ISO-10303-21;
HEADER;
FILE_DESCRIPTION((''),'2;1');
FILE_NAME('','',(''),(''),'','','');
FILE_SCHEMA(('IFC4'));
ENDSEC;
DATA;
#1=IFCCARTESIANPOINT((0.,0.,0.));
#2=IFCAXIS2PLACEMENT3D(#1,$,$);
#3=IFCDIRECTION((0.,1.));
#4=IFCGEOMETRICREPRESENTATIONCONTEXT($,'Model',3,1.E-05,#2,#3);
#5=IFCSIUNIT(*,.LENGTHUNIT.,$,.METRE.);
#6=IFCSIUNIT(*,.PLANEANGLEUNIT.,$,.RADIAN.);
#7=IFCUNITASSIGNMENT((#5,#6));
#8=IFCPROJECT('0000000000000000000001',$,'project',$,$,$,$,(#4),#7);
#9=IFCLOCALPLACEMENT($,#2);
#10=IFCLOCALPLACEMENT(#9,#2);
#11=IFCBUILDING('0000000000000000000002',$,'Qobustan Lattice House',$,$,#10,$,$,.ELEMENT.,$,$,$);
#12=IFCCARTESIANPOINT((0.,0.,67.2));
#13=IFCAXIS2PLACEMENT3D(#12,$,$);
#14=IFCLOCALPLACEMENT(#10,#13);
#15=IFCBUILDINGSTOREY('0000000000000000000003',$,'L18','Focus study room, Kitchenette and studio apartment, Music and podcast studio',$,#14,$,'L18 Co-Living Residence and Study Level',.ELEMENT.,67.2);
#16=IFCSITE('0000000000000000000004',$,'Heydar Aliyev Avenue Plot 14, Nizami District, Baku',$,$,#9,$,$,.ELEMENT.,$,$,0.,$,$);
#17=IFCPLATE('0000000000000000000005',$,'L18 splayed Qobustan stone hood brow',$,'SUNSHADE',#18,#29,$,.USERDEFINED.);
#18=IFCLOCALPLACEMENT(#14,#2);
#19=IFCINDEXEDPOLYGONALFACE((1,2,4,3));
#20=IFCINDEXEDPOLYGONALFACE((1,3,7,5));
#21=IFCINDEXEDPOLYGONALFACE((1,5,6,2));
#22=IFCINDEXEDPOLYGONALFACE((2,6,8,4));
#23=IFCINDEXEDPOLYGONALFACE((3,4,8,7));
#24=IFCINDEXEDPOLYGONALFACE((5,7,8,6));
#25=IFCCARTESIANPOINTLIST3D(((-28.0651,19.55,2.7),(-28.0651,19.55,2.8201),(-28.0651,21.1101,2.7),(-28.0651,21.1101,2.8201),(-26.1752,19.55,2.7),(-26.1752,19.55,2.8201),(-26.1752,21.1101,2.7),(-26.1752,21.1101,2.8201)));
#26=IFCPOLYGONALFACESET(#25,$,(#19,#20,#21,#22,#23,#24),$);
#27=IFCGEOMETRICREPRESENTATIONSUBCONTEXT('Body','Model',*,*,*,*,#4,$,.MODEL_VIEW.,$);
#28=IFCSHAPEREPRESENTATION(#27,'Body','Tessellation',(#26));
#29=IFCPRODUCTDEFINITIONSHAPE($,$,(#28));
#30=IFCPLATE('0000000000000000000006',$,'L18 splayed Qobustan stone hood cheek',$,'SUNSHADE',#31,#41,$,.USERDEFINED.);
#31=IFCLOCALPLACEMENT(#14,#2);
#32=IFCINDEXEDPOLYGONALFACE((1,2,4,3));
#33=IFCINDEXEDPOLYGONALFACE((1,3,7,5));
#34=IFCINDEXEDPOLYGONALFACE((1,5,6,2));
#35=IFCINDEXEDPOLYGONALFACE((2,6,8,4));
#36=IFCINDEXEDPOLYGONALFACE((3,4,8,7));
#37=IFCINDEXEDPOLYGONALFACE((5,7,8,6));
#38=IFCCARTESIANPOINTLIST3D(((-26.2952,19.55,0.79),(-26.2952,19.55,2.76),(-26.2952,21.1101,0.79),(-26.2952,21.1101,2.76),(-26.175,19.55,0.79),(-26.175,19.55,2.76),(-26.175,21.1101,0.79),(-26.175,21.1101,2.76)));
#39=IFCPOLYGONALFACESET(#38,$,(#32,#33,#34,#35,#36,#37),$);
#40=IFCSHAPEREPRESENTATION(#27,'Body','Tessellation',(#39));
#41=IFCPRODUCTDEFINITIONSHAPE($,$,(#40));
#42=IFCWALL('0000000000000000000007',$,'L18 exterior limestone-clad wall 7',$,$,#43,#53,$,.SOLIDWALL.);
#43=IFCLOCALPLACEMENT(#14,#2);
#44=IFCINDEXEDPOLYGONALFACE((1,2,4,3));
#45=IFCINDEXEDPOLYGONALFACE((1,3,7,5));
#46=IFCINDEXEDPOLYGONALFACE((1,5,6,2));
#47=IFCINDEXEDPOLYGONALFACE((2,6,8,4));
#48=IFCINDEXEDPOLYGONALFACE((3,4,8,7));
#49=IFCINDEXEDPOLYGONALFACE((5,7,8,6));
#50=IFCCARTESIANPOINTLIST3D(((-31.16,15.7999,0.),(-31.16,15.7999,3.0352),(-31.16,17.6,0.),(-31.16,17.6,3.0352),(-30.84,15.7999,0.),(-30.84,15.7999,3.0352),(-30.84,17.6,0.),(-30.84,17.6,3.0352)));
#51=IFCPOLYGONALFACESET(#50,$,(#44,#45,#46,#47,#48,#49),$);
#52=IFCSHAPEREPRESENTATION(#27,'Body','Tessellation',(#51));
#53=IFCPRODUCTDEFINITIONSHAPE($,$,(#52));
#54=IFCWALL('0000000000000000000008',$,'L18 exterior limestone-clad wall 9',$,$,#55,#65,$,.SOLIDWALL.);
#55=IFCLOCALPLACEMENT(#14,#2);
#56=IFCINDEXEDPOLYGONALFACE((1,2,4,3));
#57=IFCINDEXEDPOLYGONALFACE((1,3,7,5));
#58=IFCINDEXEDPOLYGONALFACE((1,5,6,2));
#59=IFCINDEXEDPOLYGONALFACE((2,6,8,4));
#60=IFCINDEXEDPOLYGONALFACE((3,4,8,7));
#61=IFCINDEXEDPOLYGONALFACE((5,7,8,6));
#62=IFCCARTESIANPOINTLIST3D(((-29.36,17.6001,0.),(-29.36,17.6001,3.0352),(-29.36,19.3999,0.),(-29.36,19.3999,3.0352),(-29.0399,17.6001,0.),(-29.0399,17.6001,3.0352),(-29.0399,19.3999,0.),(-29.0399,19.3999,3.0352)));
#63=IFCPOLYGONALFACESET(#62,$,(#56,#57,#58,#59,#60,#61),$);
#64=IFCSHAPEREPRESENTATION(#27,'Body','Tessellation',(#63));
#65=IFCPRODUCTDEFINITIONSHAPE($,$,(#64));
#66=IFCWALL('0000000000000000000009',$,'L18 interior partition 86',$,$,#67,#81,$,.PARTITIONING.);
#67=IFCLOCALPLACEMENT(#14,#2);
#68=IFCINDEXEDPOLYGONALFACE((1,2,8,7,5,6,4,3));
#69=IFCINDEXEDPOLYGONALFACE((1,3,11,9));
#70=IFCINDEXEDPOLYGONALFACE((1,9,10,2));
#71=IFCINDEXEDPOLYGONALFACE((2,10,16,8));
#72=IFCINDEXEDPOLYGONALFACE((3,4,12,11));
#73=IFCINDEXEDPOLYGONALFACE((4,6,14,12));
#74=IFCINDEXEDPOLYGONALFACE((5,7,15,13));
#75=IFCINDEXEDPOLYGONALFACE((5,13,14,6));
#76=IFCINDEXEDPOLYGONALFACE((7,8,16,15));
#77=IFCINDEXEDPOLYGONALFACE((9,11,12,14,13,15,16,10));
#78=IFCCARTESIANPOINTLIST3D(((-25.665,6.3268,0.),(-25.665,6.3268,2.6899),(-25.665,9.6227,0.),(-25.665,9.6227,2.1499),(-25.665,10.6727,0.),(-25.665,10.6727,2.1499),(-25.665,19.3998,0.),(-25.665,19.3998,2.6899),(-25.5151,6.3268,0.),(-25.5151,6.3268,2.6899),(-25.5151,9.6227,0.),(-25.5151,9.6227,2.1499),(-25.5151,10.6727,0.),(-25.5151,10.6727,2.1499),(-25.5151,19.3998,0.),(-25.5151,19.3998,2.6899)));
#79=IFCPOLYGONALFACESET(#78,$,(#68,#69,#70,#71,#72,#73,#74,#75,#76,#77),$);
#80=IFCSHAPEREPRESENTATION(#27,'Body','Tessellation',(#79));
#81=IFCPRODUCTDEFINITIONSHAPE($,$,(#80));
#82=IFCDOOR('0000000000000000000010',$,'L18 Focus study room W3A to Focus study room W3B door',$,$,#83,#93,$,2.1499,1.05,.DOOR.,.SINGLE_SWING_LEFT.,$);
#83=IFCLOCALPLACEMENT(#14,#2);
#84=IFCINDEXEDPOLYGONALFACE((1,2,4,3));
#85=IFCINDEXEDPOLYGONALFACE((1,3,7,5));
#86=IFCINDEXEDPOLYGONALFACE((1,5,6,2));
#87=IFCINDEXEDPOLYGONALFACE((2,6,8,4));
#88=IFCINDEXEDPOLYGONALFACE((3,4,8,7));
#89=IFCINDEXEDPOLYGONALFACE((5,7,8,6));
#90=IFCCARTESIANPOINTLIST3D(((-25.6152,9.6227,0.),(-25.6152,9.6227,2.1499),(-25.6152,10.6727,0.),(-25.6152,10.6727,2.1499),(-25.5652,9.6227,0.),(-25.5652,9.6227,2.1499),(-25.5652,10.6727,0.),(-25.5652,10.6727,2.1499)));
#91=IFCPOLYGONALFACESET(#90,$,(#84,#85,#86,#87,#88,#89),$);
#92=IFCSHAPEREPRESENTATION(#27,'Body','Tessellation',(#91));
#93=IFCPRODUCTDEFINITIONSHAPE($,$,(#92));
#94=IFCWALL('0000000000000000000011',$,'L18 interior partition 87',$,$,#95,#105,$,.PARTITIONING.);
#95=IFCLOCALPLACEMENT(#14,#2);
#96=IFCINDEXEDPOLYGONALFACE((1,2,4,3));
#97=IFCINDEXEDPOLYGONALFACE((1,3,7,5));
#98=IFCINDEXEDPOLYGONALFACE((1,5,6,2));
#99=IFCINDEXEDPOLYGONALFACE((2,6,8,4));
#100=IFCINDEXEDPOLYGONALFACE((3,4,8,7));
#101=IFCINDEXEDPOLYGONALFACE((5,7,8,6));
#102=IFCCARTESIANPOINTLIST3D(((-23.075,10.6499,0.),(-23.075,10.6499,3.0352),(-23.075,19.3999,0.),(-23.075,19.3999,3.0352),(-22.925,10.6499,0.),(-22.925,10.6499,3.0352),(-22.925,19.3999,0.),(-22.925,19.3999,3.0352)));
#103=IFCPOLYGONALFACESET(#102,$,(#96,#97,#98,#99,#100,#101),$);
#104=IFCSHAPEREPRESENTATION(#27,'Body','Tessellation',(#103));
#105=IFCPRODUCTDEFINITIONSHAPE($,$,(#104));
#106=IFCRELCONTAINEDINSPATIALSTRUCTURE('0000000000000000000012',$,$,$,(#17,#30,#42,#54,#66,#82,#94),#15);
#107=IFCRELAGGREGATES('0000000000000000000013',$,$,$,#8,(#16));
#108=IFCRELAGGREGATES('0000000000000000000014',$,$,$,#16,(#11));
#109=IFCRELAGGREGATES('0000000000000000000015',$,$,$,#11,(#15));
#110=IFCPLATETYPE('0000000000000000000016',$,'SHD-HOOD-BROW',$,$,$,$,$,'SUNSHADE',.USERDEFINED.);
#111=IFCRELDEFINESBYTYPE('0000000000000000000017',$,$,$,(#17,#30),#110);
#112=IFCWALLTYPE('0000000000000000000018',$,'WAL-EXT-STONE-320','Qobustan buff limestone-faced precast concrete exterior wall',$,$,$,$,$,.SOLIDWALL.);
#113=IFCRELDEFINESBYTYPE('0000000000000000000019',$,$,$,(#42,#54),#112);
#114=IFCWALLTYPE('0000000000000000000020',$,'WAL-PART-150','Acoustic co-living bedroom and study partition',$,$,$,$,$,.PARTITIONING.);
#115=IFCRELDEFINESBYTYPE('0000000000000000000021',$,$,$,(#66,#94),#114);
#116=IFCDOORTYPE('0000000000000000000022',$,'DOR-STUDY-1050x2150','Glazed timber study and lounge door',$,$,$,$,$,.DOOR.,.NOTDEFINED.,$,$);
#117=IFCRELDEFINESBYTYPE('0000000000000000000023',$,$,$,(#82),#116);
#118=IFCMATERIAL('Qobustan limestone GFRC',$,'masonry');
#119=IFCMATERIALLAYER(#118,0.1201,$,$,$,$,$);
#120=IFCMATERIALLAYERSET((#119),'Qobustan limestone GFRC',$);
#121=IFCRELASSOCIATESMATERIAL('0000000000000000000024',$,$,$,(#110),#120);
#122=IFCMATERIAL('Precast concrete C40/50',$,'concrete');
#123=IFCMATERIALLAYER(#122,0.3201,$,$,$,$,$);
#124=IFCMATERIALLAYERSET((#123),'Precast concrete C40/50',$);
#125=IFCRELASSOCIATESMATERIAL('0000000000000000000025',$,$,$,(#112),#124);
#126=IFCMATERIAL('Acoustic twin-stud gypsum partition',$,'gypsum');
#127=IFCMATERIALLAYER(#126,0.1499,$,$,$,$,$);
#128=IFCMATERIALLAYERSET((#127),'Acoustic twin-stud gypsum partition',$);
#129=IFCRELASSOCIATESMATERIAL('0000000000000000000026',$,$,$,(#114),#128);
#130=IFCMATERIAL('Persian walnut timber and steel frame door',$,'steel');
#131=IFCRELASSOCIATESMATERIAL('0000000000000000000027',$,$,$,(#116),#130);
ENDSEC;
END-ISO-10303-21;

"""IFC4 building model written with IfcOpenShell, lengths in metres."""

from ifc_helpers import new_model, si_unit, direction, frame, frame_2d, origin, origin_2d, place, context, subcontext, project, spatial, rectangle, extrude, material, layer, layer_set, type_object, element, fill, save


model = new_model("IFC4")

# Units and contexts
model_context = context("Model", 3, precision=1e-05, world=origin(), true_north=direction((0.0, 1.0)))
body_context = subcontext(model_context, "Body", "Model", "MODEL_VIEW")
ifc_project = project(units=[si_unit("LENGTHUNIT", "METRE"), si_unit("PLANEANGLEUNIT", "RADIAN")], contexts=[model_context])

# Site, building, storey
site_placement = place(None, origin())
site = spatial("IfcSite", under=ifc_project, at=site_placement, Name="Heydar Aliyev Avenue Plot 14, Nizami District, Baku", CompositionType="ELEMENT", RefElevation=0.0)
building_placement = place(site_placement, origin())
building = spatial("IfcBuilding", under=site, at=building_placement, Name="Qobustan Lattice House", CompositionType="ELEMENT")
storey_placement = place(building_placement, frame((0.0, 0.0, 67.2)))
storey = spatial("IfcBuildingStorey", under=building, at=storey_placement, Name="L18", Description="Focus study room, Kitchenette and studio apartment, Music and podcast studio", LongName="L18 Co-Living Residence and Study Level", CompositionType="ELEMENT", Elevation=67.2)

# Plates
ifc_material_1 = material(Name="Qobustan limestone GFRC", Category="masonry")
ifc_layer_1 = layer(ifc_material_1, 0.1201)
ifc_layer_set_1 = layer_set([ifc_layer_1], Name="Qobustan limestone GFRC")
plate_type_1 = type_object("IfcPlateType", Name="SHD-HOOD-BROW", ElementType="SUNSHADE", PredefinedType="USERDEFINED", material=ifc_layer_set_1)
plate_1_placement = place(storey_placement, frame((-27.1201, 20.3301, 2.7), z_axis=(0.0, 0.0, 1.0), x_axis=(1.0, 0.0, 0.0)))
element("IfcPlate", 1, at=plate_1_placement, inside=storey, type_object=plate_type_1, Name="L18 splayed Qobustan stone hood brow", ObjectType="SUNSHADE", PredefinedType="USERDEFINED", context=body_context, shape_type="SweptSolid", body=[
    extrude(rectangle(XDim=1.8899, YDim=1.5601, at=origin_2d()), origin(), (0.0, 0.0, 1.0), 0.1201),
])
plate_2_placement = place(storey_placement, frame((-26.2351, 20.3301, 0.79), z_axis=(0.0, 0.0, 1.0), x_axis=(1.0, 0.0, 0.0)))
element("IfcPlate", 2, at=plate_2_placement, inside=storey, type_object=plate_type_1, Name="L18 splayed Qobustan stone hood cheek", ObjectType="SUNSHADE", PredefinedType="USERDEFINED", context=body_context, shape_type="SweptSolid", body=[
    extrude(rectangle(XDim=0.1201, YDim=1.5601, at=origin_2d()), origin(), (0.0, 0.0, 1.0), 1.97),
])

# Walls
ifc_material_2 = material(Name="Precast concrete C40/50", Category="concrete")
ifc_layer_2 = layer(ifc_material_2, 0.3201)
ifc_layer_set_2 = layer_set([ifc_layer_2], Name="Precast concrete C40/50")
wall_type_1 = type_object("IfcWallType", Name="WAL-EXT-STONE-320", Description="Qobustan buff limestone-faced precast concrete exterior wall", PredefinedType="SOLIDWALL", material=ifc_layer_set_2)
wall_1_placement = place(storey_placement, frame((-31.0, 15.8, 0.0), z_axis=(0.0, 0.0, 1.0), x_axis=(0.0, 1.0, 0.0)))
element("IfcWall", 3, at=wall_1_placement, inside=storey, type_object=wall_type_1, Name="L18 exterior limestone-clad wall 7", PredefinedType="SOLIDWALL", context=body_context, shape_type="SweptSolid", body=[
    extrude(rectangle(XDim=1.8, YDim=0.3201, at=frame_2d((0.8999, 0.0))), origin(), (0.0, 0.0, 1.0), 3.0352),
])
wall_2_placement = place(storey_placement, frame((-29.2, 17.6001, 0.0), z_axis=(0.0, 0.0, 1.0), x_axis=(0.0, 1.0, 0.0)))
element("IfcWall", 4, at=wall_2_placement, inside=storey, type_object=wall_type_1, Name="L18 exterior limestone-clad wall 9", PredefinedType="SOLIDWALL", context=body_context, shape_type="SweptSolid", body=[
    extrude(rectangle(XDim=1.7998, YDim=0.3201, at=frame_2d((0.8999, 0.0))), origin(), (0.0, 0.0, 1.0), 3.0352),
])

# Wall, opening, door
ifc_material_3 = material(Name="Acoustic twin-stud gypsum partition", Category="gypsum")
ifc_layer_3 = layer(ifc_material_3, 0.1499)
ifc_layer_set_3 = layer_set([ifc_layer_3], Name="Acoustic twin-stud gypsum partition")
wall_type_2 = type_object("IfcWallType", Name="WAL-PART-150", Description="Acoustic co-living bedroom and study partition", PredefinedType="PARTITIONING", material=ifc_layer_set_3)
wall_3_placement = place(storey_placement, frame((-25.5901, 19.3999, 0.0), z_axis=(0.0, 0.0, 1.0), x_axis=(0.0, -1.0, 0.0)))
wall_3 = element("IfcWall", 5, at=wall_3_placement, inside=storey, type_object=wall_type_2, Name="L18 interior partition 86", PredefinedType="PARTITIONING", context=body_context, shape_type="SweptSolid", body=[
    extrude(rectangle(XDim=13.073, YDim=0.1499, at=frame_2d((6.5366, 0.0))), origin(), (0.0, 0.0, 1.0), 2.6899),
])
opening_1_placement = place(wall_3_placement, frame((8.7273, 0.0, 0.0)))
opening_1 = element("IfcOpeningElement", 6, at=opening_1_placement, cuts=wall_3, PredefinedType="OPENING", context=body_context, shape_type="SweptSolid", body=[
    extrude(rectangle(XDim=1.05, YDim=2.1499, at=frame_2d((0.5249, 1.075))), frame((0.0, 0.085, 0.0), z_axis=(0.0, -1.0, 0.0), x_axis=(1.0, 0.0, 0.0)), (0.0, 0.0, 1.0), 0.1699),
])
ifc_material_4 = material(Name="Persian walnut timber and steel frame door", Category="steel")
door_type = type_object("IfcDoorType", Name="DOR-STUDY-1050x2150", Description="Glazed timber study and lounge door", OperationType="NOTDEFINED", PredefinedType="DOOR", material=ifc_material_4)
door_placement = place(opening_1_placement, origin())
door = element("IfcDoor", 7, at=door_placement, inside=storey, type_object=door_type, Name="L18 Focus study room W3A to Focus study room W3B door", OperationType="SINGLE_SWING_LEFT", OverallHeight=2.1499, OverallWidth=1.05, PredefinedType="DOOR", context=body_context, shape_type="SweptSolid", body=[
    extrude(rectangle(XDim=1.05, YDim=2.1499, at=frame_2d((0.5249, 1.075))), frame((0.0, 0.0249, 0.0), z_axis=(0.0, -1.0, 0.0), x_axis=(1.0, 0.0, 0.0)), (0.0, 0.0, 1.0), 0.05),
])
fill(opening_1, door)

# Wall
wall_4_placement = place(storey_placement, frame((-23.0, 19.3999, 0.0), z_axis=(0.0, 0.0, 1.0), x_axis=(0.0, -1.0, 0.0)))
element("IfcWall", 8, at=wall_4_placement, inside=storey, type_object=wall_type_2, Name="L18 interior partition 87", PredefinedType="PARTITIONING", context=body_context, shape_type="SweptSolid", body=[
    extrude(rectangle(XDim=8.75, YDim=0.1499, at=frame_2d((4.375, 0.0))), origin(), (0.0, 0.0, 1.0), 3.0352),
])

save(model, "model.ifc")
